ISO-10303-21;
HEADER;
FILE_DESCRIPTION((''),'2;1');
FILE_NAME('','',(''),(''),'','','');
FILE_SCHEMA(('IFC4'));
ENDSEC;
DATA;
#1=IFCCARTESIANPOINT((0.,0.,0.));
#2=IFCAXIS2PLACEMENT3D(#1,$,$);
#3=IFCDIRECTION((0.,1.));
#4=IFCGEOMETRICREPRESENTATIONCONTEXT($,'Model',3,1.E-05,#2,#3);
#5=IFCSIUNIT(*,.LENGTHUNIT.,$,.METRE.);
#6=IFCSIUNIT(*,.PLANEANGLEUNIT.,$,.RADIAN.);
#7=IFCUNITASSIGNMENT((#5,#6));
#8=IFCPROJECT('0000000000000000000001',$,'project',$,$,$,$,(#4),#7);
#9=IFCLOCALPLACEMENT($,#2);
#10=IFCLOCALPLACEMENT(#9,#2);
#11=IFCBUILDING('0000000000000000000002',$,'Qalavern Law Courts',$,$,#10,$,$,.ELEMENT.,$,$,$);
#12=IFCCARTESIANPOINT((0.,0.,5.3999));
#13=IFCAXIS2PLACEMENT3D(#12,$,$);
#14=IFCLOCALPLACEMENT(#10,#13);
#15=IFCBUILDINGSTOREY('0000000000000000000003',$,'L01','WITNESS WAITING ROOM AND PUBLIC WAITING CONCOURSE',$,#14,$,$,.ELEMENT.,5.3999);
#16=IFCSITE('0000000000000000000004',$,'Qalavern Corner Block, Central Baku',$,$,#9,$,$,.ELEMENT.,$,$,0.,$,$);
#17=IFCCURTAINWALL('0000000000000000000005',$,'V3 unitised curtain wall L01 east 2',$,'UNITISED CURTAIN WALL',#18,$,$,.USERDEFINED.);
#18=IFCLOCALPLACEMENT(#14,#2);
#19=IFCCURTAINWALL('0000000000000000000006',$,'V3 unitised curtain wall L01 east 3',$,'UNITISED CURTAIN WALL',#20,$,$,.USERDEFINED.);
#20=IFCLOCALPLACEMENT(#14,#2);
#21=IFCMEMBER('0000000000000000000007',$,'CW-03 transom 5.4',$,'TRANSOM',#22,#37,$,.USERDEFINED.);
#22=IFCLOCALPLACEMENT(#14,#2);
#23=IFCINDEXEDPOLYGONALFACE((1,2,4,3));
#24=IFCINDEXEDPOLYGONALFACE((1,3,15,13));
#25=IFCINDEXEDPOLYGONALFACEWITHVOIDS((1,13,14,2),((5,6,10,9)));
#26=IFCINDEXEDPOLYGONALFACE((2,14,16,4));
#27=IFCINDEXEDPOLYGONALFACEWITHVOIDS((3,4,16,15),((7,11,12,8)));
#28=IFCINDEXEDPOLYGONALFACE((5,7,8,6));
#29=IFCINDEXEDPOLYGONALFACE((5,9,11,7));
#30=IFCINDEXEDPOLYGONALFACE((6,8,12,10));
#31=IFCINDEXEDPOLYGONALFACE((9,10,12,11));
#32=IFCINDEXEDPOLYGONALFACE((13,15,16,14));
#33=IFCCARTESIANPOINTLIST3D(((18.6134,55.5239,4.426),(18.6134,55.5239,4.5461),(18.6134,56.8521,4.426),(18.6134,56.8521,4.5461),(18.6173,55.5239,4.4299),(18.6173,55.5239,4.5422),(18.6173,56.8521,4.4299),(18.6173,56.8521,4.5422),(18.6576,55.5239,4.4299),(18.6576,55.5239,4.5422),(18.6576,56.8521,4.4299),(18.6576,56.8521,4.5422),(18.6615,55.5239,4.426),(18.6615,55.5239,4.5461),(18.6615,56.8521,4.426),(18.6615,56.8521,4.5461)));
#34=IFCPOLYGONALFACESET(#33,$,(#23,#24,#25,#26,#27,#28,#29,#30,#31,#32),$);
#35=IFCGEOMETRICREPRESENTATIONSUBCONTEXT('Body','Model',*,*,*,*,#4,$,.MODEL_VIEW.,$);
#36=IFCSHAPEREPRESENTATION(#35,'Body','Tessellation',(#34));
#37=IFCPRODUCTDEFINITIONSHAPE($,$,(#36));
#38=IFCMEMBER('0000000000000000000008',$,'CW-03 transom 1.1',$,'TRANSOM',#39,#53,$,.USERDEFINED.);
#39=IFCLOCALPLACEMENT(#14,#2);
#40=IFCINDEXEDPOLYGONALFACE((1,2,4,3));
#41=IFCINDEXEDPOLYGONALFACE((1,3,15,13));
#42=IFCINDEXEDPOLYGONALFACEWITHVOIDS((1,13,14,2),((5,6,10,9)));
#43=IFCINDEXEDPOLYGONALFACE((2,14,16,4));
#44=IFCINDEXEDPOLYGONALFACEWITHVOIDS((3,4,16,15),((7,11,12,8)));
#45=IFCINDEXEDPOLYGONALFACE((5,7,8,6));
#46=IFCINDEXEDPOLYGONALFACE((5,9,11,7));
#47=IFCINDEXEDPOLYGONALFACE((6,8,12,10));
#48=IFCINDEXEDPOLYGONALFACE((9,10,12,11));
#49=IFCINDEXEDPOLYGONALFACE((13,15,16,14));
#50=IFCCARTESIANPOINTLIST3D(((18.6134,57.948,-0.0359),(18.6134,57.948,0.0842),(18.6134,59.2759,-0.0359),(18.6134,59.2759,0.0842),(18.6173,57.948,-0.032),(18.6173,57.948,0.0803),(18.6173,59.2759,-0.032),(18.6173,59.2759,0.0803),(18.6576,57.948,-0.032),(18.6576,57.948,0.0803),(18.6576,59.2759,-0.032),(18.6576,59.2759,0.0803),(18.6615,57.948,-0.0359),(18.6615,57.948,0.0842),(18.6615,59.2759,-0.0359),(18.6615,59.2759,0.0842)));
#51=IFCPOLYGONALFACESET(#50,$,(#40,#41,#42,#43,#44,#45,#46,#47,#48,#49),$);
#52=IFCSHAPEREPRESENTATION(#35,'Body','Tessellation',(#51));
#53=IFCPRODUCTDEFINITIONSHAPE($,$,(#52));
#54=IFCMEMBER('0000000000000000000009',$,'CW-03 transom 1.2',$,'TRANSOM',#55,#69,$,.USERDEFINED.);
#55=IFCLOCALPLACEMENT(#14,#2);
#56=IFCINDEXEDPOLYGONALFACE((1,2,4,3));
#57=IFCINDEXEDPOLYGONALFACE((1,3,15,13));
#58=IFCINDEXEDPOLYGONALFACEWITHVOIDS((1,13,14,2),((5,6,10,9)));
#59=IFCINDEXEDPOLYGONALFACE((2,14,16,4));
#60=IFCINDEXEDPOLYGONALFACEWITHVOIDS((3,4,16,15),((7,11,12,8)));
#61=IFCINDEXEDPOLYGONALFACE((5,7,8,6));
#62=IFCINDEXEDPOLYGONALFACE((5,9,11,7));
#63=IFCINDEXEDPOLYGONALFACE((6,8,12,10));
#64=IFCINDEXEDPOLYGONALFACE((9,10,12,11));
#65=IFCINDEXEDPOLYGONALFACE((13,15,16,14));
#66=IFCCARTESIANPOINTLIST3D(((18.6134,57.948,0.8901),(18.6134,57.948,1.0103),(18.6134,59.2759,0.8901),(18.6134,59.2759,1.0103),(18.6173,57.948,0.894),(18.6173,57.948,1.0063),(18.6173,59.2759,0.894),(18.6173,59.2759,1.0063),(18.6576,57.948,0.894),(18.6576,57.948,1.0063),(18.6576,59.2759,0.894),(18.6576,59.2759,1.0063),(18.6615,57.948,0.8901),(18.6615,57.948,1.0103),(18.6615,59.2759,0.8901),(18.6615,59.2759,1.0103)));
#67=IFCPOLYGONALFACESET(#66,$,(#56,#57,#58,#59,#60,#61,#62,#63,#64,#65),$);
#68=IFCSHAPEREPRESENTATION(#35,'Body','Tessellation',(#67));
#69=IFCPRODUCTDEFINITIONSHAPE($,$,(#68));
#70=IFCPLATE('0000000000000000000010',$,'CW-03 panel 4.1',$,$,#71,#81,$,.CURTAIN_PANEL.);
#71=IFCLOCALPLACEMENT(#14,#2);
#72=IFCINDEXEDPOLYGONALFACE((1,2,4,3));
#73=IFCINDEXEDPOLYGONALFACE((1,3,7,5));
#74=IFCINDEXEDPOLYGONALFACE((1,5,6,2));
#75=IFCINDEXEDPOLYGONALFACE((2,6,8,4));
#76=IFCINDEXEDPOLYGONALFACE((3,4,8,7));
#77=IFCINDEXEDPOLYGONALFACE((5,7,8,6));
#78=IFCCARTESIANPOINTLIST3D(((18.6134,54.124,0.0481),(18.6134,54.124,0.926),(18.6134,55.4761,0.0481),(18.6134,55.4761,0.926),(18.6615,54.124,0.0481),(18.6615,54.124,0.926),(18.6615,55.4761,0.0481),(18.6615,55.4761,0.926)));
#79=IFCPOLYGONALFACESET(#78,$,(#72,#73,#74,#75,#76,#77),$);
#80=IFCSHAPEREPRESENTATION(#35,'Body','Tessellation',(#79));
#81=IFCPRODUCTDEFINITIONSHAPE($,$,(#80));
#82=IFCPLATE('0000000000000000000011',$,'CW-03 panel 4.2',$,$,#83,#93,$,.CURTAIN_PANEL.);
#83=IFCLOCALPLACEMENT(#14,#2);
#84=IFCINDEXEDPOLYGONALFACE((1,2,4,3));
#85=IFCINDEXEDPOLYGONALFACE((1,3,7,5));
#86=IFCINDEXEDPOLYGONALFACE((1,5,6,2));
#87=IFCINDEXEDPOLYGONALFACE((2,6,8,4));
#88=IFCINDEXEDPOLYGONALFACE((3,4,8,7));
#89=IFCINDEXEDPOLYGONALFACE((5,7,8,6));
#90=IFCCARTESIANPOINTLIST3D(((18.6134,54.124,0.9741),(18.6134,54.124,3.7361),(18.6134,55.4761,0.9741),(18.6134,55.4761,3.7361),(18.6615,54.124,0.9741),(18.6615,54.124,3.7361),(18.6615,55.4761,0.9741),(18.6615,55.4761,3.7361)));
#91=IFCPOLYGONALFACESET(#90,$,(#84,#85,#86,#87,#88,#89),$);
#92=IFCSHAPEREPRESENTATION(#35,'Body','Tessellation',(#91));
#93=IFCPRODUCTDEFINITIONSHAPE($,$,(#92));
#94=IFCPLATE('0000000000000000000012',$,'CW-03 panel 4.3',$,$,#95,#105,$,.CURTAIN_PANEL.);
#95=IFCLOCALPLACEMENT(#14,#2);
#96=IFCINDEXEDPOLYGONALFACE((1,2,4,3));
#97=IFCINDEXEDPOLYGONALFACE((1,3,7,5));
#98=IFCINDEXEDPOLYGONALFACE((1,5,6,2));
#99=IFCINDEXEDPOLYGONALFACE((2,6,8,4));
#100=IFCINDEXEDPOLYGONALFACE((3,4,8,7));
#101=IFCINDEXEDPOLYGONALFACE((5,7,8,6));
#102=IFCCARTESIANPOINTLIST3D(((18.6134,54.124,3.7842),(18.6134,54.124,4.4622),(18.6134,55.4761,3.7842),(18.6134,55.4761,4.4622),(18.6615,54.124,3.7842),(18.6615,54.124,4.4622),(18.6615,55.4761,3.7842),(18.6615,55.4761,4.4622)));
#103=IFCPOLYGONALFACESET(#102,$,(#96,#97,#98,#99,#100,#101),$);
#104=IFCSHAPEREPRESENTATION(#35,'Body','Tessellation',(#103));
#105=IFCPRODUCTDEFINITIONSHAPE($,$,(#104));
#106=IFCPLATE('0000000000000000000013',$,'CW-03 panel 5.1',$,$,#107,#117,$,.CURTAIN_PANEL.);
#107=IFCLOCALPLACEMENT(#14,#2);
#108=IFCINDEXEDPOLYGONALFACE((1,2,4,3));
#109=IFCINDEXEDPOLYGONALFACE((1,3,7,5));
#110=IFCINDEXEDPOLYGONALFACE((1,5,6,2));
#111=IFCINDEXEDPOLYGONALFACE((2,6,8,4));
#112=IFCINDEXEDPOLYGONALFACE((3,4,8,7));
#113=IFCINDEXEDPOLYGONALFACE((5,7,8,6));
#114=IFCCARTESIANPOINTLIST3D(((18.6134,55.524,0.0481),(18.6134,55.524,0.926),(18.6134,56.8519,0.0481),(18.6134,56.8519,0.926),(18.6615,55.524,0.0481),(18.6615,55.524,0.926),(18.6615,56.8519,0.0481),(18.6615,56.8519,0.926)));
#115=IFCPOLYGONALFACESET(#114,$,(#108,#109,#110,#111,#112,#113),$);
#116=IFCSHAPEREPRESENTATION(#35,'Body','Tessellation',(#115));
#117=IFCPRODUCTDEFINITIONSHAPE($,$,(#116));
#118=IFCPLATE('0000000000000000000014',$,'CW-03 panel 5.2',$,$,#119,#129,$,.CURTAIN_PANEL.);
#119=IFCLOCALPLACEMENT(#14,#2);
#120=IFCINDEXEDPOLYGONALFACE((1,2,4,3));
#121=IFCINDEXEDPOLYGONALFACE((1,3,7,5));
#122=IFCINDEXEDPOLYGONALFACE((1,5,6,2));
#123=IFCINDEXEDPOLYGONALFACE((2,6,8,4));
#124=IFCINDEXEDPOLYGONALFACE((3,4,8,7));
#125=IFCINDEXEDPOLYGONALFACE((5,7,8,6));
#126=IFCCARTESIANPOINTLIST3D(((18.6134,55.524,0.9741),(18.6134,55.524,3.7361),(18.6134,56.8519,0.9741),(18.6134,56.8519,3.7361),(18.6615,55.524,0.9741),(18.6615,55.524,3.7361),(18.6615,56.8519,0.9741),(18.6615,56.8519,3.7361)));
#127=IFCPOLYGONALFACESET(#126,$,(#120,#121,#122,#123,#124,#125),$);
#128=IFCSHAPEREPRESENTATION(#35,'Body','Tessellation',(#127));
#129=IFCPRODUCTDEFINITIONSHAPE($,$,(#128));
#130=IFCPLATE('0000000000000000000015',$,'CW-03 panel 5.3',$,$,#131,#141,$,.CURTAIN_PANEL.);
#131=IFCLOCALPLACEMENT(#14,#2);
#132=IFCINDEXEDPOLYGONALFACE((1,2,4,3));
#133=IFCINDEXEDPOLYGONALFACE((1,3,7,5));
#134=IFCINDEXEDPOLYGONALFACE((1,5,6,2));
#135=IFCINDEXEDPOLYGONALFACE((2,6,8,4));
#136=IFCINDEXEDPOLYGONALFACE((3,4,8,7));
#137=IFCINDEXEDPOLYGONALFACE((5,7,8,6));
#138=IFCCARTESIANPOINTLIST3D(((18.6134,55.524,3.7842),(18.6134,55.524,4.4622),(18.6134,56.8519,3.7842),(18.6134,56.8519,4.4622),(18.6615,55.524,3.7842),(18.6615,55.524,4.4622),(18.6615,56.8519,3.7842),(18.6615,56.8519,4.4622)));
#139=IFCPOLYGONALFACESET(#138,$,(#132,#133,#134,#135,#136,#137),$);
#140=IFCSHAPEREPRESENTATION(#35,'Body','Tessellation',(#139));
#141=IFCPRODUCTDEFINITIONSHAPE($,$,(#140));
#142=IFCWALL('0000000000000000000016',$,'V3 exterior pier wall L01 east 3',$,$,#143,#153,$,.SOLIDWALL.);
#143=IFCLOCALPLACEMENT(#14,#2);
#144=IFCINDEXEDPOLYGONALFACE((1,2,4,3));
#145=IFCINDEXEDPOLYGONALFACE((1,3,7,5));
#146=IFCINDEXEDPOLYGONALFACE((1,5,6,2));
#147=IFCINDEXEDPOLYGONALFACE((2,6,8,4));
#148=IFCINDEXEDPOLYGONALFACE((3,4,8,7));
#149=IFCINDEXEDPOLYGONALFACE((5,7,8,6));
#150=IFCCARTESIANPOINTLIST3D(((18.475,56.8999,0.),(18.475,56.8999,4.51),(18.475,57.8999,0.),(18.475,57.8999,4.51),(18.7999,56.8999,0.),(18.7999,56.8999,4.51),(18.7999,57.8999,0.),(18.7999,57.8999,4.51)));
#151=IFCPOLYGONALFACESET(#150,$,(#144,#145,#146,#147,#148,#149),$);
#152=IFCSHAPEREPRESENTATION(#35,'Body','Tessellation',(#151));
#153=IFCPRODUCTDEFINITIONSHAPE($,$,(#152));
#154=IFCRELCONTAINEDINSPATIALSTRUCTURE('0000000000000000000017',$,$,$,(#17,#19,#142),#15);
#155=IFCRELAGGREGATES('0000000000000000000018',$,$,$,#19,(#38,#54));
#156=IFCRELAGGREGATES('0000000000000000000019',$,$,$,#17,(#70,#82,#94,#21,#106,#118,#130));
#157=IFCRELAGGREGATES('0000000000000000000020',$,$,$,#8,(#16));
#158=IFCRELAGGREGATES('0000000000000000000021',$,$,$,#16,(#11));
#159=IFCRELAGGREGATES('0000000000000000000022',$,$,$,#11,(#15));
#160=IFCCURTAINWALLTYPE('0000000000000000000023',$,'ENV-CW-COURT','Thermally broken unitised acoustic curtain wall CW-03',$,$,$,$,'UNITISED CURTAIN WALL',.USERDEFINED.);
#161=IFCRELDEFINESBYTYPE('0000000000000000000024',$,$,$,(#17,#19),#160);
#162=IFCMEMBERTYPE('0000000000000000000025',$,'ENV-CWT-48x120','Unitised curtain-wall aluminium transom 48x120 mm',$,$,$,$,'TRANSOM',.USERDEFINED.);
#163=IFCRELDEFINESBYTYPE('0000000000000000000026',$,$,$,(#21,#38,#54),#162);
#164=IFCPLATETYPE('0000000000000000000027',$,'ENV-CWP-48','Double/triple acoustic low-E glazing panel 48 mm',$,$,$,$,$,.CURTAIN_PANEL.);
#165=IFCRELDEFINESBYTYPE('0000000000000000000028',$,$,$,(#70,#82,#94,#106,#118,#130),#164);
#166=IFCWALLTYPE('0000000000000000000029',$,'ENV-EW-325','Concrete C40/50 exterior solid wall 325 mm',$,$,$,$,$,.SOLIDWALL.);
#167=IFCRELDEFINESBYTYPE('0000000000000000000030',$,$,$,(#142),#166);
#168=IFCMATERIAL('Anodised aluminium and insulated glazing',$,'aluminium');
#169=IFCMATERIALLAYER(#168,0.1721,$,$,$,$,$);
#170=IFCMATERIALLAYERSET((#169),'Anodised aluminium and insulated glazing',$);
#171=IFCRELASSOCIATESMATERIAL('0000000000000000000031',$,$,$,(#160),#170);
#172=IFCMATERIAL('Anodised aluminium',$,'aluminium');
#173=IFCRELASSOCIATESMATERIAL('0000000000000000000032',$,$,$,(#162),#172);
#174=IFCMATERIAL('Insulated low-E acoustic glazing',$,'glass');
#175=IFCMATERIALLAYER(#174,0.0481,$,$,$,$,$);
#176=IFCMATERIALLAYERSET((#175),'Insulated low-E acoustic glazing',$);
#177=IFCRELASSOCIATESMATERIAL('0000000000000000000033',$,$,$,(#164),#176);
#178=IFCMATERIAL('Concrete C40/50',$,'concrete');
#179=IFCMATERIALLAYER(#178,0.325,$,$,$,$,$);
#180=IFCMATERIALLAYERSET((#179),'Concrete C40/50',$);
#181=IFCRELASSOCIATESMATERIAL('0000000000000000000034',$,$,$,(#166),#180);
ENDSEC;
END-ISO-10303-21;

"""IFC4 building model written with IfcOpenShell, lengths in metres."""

from ifc_helpers import new_model, si_unit, direction, frame, frame_2d, origin, origin_2d, place, context, subcontext, project, spatial, rectangle, hollow_rectangle, extrude, material, layer, layer_set, material_profile, profile_set, type_object, element, aggregate, save


model = new_model("IFC4")

# Units and contexts
model_context = context("Model", 3, precision=1e-05, world=origin(), true_north=direction((0.0, 1.0)))
body_context = subcontext(model_context, "Body", "Model", "MODEL_VIEW")
ifc_project = project(units=[si_unit("LENGTHUNIT", "METRE"), si_unit("PLANEANGLEUNIT", "RADIAN")], contexts=[model_context])

# Site, building, storey
site_placement = place(None, origin())
site = spatial("IfcSite", under=ifc_project, at=site_placement, Name="Qalavern Corner Block, Central Baku", CompositionType="ELEMENT", RefElevation=0.0)
building_placement = place(site_placement, origin())
building = spatial("IfcBuilding", under=site, at=building_placement, Name="Qalavern Law Courts", CompositionType="ELEMENT")
storey_placement = place(building_placement, frame((0.0, 0.0, 5.3999)))
storey = spatial("IfcBuildingStorey", under=building, at=storey_placement, Name="L01", Description="WITNESS WAITING ROOM AND PUBLIC WAITING CONCOURSE", CompositionType="ELEMENT", Elevation=5.3999)

# Curtain wall
ifc_material_1 = material(Name="Anodised aluminium and insulated glazing", Category="aluminium")
ifc_layer_1 = layer(ifc_material_1, 0.1721)
ifc_layer_set_1 = layer_set([ifc_layer_1], Name="Anodised aluminium and insulated glazing")
curtain_wall_type = type_object("IfcCurtainWallType", Name="ENV-CW-COURT", Description="Thermally broken unitised acoustic curtain wall CW-03", ElementType="UNITISED CURTAIN WALL", PredefinedType="USERDEFINED", material=ifc_layer_set_1)
curtain_wall_1_placement = place(storey_placement, origin())
curtain_wall_1 = element("IfcCurtainWall", 1, at=curtain_wall_1_placement, inside=storey, type_object=curtain_wall_type, Name="V3 unitised curtain wall L01 east 2", ObjectType="UNITISED CURTAIN WALL", PredefinedType="USERDEFINED")
ifc_material_2 = material(Name="Anodised aluminium", Category="aluminium")

# Curtain wall
curtain_wall_2_placement = place(storey_placement, origin())
curtain_wall_2 = element("IfcCurtainWall", 2, at=curtain_wall_2_placement, inside=storey, type_object=curtain_wall_type, Name="V3 unitised curtain wall L01 east 3", ObjectType="UNITISED CURTAIN WALL", PredefinedType="USERDEFINED")

# Members
ifc_material_profile_1 = material_profile(ifc_material_2, hollow_rectangle(XDim=0.0481, YDim=0.1201, WallThickness=0.0039, at=origin_2d()), Name="ALU TRANSOM 48x120")
ifc_profile_set_1 = profile_set([ifc_material_profile_1], Name="Anodised aluminium")
member_type_1 = type_object("IfcMemberType", Name="ENV-CWT-48x120", Description="Unitised curtain-wall aluminium transom 48x120 mm", ElementType="TRANSOM", PredefinedType="USERDEFINED", material=ifc_profile_set_1)
member_1_placement = place(storey_placement, frame((18.6375, 55.5239, 4.4861), z_axis=(0.0, 1.0, 0.0), x_axis=(-1.0, 0.0, 0.0)))
member_1 = element("IfcMember", 3, at=member_1_placement, type_object=member_type_1, Name="CW-03 transom 5.4", ObjectType="TRANSOM", PredefinedType="USERDEFINED", context=body_context, shape_type="SweptSolid", body=[
    extrude(hollow_rectangle(XDim=0.0481, YDim=0.1201, WallThickness=0.0039, at=origin_2d()), origin(), (0.0, 0.0, 1.0), 1.3281),
])
member_2_placement = place(storey_placement, frame((18.6375, 57.948, 0.0242), z_axis=(0.0, 1.0, 0.0), x_axis=(-1.0, 0.0, 0.0)))
member_2 = element("IfcMember", 4, at=member_2_placement, type_object=member_type_1, Name="CW-03 transom 1.1", ObjectType="TRANSOM", PredefinedType="USERDEFINED", context=body_context, shape_type="SweptSolid", body=[
    extrude(hollow_rectangle(XDim=0.0481, YDim=0.1201, WallThickness=0.0039, at=origin_2d()), origin(), (0.0, 0.0, 1.0), 1.3279),
])
member_3_placement = place(storey_placement, frame((18.6375, 57.948, 0.9502), z_axis=(0.0, 1.0, 0.0), x_axis=(-1.0, 0.0, 0.0)))
member_3 = element("IfcMember", 5, at=member_3_placement, type_object=member_type_1, Name="CW-03 transom 1.2", ObjectType="TRANSOM", PredefinedType="USERDEFINED", context=body_context, shape_type="SweptSolid", body=[
    extrude(hollow_rectangle(XDim=0.0481, YDim=0.1201, WallThickness=0.0039, at=origin_2d()), origin(), (0.0, 0.0, 1.0), 1.3279),
])
aggregate(curtain_wall_2, [member_2, member_3])

# Plates
ifc_material_3 = material(Name="Insulated low-E acoustic glazing", Category="glass")
ifc_layer_2 = layer(ifc_material_3, 0.0481)
ifc_layer_set_2 = layer_set([ifc_layer_2], Name="Insulated low-E acoustic glazing")
plate_type = type_object("IfcPlateType", Name="ENV-CWP-48", Description="Double/triple acoustic low-E glazing panel 48 mm", PredefinedType="CURTAIN_PANEL", material=ifc_layer_set_2)
plate_1_placement = place(storey_placement, frame((18.6375, 54.8, 0.0481), z_axis=(0.0, 0.0, 1.0), x_axis=(0.0, 1.0, 0.0)))
plate_1 = element("IfcPlate", 6, at=plate_1_placement, type_object=plate_type, Name="CW-03 panel 4.1", PredefinedType="CURTAIN_PANEL", context=body_context, shape_type="SweptSolid", body=[
    extrude(rectangle(XDim=1.3521, YDim=0.0481, at=origin_2d()), origin(), (0.0, 0.0, 1.0), 0.8779),
])
plate_2_placement = place(storey_placement, frame((18.6375, 54.8, 0.9741), z_axis=(0.0, 0.0, 1.0), x_axis=(0.0, 1.0, 0.0)))
plate_2 = element("IfcPlate", 7, at=plate_2_placement, type_object=plate_type, Name="CW-03 panel 4.2", PredefinedType="CURTAIN_PANEL", context=body_context, shape_type="SweptSolid", body=[
    extrude(rectangle(XDim=1.3521, YDim=0.0481, at=origin_2d()), origin(), (0.0, 0.0, 1.0), 2.762),
])
plate_3_placement = place(storey_placement, frame((18.6375, 54.8, 3.7842), z_axis=(0.0, 0.0, 1.0), x_axis=(0.0, 1.0, 0.0)))
plate_3 = element("IfcPlate", 8, at=plate_3_placement, type_object=plate_type, Name="CW-03 panel 4.3", PredefinedType="CURTAIN_PANEL", context=body_context, shape_type="SweptSolid", body=[
    extrude(rectangle(XDim=1.3521, YDim=0.0481, at=origin_2d()), origin(), (0.0, 0.0, 1.0), 0.678),
])
plate_4_placement = place(storey_placement, frame((18.6375, 56.188, 0.0481), z_axis=(0.0, 0.0, 1.0), x_axis=(0.0, 1.0, 0.0)))
plate_4 = element("IfcPlate", 9, at=plate_4_placement, type_object=plate_type, Name="CW-03 panel 5.1", PredefinedType="CURTAIN_PANEL", context=body_context, shape_type="SweptSolid", body=[
    extrude(rectangle(XDim=1.3279, YDim=0.0481, at=origin_2d()), origin(), (0.0, 0.0, 1.0), 0.8779),
])
plate_5_placement = place(storey_placement, frame((18.6375, 56.188, 0.9741), z_axis=(0.0, 0.0, 1.0), x_axis=(0.0, 1.0, 0.0)))
plate_5 = element("IfcPlate", 10, at=plate_5_placement, type_object=plate_type, Name="CW-03 panel 5.2", PredefinedType="CURTAIN_PANEL", context=body_context, shape_type="SweptSolid", body=[
    extrude(rectangle(XDim=1.3279, YDim=0.0481, at=origin_2d()), origin(), (0.0, 0.0, 1.0), 2.762),
])
plate_6_placement = place(storey_placement, frame((18.6375, 56.188, 3.7842), z_axis=(0.0, 0.0, 1.0), x_axis=(0.0, 1.0, 0.0)))
plate_6 = element("IfcPlate", 11, at=plate_6_placement, type_object=plate_type, Name="CW-03 panel 5.3", PredefinedType="CURTAIN_PANEL", context=body_context, shape_type="SweptSolid", body=[
    extrude(rectangle(XDim=1.3279, YDim=0.0481, at=origin_2d()), origin(), (0.0, 0.0, 1.0), 0.678),
])
aggregate(curtain_wall_1, [plate_1, plate_2, plate_3, member_1, plate_4, plate_5, plate_6])

# Wall
ifc_material_4 = material(Name="Concrete C40/50", Category="concrete")
ifc_layer_3 = layer(ifc_material_4, 0.325)
ifc_layer_set_3 = layer_set([ifc_layer_3], Name="Concrete C40/50")
wall_type = type_object("IfcWallType", Name="ENV-EW-325", Description="Concrete C40/50 exterior solid wall 325 mm", PredefinedType="SOLIDWALL", material=ifc_layer_set_3)
wall_placement = place(storey_placement, frame((18.6375, 56.8999, 0.0), z_axis=(0.0, 0.0, 1.0), x_axis=(0.0, 1.0, 0.0)))
element("IfcWall", 12, at=wall_placement, inside=storey, type_object=wall_type, Name="V3 exterior pier wall L01 east 3", PredefinedType="SOLIDWALL", context=body_context, shape_type="SweptSolid", body=[
    extrude(rectangle(XDim=1.0, YDim=0.325, at=frame_2d((0.5, 0.0))), origin(), (0.0, 0.0, 1.0), 4.51),
])

save(model, "model.ifc")
